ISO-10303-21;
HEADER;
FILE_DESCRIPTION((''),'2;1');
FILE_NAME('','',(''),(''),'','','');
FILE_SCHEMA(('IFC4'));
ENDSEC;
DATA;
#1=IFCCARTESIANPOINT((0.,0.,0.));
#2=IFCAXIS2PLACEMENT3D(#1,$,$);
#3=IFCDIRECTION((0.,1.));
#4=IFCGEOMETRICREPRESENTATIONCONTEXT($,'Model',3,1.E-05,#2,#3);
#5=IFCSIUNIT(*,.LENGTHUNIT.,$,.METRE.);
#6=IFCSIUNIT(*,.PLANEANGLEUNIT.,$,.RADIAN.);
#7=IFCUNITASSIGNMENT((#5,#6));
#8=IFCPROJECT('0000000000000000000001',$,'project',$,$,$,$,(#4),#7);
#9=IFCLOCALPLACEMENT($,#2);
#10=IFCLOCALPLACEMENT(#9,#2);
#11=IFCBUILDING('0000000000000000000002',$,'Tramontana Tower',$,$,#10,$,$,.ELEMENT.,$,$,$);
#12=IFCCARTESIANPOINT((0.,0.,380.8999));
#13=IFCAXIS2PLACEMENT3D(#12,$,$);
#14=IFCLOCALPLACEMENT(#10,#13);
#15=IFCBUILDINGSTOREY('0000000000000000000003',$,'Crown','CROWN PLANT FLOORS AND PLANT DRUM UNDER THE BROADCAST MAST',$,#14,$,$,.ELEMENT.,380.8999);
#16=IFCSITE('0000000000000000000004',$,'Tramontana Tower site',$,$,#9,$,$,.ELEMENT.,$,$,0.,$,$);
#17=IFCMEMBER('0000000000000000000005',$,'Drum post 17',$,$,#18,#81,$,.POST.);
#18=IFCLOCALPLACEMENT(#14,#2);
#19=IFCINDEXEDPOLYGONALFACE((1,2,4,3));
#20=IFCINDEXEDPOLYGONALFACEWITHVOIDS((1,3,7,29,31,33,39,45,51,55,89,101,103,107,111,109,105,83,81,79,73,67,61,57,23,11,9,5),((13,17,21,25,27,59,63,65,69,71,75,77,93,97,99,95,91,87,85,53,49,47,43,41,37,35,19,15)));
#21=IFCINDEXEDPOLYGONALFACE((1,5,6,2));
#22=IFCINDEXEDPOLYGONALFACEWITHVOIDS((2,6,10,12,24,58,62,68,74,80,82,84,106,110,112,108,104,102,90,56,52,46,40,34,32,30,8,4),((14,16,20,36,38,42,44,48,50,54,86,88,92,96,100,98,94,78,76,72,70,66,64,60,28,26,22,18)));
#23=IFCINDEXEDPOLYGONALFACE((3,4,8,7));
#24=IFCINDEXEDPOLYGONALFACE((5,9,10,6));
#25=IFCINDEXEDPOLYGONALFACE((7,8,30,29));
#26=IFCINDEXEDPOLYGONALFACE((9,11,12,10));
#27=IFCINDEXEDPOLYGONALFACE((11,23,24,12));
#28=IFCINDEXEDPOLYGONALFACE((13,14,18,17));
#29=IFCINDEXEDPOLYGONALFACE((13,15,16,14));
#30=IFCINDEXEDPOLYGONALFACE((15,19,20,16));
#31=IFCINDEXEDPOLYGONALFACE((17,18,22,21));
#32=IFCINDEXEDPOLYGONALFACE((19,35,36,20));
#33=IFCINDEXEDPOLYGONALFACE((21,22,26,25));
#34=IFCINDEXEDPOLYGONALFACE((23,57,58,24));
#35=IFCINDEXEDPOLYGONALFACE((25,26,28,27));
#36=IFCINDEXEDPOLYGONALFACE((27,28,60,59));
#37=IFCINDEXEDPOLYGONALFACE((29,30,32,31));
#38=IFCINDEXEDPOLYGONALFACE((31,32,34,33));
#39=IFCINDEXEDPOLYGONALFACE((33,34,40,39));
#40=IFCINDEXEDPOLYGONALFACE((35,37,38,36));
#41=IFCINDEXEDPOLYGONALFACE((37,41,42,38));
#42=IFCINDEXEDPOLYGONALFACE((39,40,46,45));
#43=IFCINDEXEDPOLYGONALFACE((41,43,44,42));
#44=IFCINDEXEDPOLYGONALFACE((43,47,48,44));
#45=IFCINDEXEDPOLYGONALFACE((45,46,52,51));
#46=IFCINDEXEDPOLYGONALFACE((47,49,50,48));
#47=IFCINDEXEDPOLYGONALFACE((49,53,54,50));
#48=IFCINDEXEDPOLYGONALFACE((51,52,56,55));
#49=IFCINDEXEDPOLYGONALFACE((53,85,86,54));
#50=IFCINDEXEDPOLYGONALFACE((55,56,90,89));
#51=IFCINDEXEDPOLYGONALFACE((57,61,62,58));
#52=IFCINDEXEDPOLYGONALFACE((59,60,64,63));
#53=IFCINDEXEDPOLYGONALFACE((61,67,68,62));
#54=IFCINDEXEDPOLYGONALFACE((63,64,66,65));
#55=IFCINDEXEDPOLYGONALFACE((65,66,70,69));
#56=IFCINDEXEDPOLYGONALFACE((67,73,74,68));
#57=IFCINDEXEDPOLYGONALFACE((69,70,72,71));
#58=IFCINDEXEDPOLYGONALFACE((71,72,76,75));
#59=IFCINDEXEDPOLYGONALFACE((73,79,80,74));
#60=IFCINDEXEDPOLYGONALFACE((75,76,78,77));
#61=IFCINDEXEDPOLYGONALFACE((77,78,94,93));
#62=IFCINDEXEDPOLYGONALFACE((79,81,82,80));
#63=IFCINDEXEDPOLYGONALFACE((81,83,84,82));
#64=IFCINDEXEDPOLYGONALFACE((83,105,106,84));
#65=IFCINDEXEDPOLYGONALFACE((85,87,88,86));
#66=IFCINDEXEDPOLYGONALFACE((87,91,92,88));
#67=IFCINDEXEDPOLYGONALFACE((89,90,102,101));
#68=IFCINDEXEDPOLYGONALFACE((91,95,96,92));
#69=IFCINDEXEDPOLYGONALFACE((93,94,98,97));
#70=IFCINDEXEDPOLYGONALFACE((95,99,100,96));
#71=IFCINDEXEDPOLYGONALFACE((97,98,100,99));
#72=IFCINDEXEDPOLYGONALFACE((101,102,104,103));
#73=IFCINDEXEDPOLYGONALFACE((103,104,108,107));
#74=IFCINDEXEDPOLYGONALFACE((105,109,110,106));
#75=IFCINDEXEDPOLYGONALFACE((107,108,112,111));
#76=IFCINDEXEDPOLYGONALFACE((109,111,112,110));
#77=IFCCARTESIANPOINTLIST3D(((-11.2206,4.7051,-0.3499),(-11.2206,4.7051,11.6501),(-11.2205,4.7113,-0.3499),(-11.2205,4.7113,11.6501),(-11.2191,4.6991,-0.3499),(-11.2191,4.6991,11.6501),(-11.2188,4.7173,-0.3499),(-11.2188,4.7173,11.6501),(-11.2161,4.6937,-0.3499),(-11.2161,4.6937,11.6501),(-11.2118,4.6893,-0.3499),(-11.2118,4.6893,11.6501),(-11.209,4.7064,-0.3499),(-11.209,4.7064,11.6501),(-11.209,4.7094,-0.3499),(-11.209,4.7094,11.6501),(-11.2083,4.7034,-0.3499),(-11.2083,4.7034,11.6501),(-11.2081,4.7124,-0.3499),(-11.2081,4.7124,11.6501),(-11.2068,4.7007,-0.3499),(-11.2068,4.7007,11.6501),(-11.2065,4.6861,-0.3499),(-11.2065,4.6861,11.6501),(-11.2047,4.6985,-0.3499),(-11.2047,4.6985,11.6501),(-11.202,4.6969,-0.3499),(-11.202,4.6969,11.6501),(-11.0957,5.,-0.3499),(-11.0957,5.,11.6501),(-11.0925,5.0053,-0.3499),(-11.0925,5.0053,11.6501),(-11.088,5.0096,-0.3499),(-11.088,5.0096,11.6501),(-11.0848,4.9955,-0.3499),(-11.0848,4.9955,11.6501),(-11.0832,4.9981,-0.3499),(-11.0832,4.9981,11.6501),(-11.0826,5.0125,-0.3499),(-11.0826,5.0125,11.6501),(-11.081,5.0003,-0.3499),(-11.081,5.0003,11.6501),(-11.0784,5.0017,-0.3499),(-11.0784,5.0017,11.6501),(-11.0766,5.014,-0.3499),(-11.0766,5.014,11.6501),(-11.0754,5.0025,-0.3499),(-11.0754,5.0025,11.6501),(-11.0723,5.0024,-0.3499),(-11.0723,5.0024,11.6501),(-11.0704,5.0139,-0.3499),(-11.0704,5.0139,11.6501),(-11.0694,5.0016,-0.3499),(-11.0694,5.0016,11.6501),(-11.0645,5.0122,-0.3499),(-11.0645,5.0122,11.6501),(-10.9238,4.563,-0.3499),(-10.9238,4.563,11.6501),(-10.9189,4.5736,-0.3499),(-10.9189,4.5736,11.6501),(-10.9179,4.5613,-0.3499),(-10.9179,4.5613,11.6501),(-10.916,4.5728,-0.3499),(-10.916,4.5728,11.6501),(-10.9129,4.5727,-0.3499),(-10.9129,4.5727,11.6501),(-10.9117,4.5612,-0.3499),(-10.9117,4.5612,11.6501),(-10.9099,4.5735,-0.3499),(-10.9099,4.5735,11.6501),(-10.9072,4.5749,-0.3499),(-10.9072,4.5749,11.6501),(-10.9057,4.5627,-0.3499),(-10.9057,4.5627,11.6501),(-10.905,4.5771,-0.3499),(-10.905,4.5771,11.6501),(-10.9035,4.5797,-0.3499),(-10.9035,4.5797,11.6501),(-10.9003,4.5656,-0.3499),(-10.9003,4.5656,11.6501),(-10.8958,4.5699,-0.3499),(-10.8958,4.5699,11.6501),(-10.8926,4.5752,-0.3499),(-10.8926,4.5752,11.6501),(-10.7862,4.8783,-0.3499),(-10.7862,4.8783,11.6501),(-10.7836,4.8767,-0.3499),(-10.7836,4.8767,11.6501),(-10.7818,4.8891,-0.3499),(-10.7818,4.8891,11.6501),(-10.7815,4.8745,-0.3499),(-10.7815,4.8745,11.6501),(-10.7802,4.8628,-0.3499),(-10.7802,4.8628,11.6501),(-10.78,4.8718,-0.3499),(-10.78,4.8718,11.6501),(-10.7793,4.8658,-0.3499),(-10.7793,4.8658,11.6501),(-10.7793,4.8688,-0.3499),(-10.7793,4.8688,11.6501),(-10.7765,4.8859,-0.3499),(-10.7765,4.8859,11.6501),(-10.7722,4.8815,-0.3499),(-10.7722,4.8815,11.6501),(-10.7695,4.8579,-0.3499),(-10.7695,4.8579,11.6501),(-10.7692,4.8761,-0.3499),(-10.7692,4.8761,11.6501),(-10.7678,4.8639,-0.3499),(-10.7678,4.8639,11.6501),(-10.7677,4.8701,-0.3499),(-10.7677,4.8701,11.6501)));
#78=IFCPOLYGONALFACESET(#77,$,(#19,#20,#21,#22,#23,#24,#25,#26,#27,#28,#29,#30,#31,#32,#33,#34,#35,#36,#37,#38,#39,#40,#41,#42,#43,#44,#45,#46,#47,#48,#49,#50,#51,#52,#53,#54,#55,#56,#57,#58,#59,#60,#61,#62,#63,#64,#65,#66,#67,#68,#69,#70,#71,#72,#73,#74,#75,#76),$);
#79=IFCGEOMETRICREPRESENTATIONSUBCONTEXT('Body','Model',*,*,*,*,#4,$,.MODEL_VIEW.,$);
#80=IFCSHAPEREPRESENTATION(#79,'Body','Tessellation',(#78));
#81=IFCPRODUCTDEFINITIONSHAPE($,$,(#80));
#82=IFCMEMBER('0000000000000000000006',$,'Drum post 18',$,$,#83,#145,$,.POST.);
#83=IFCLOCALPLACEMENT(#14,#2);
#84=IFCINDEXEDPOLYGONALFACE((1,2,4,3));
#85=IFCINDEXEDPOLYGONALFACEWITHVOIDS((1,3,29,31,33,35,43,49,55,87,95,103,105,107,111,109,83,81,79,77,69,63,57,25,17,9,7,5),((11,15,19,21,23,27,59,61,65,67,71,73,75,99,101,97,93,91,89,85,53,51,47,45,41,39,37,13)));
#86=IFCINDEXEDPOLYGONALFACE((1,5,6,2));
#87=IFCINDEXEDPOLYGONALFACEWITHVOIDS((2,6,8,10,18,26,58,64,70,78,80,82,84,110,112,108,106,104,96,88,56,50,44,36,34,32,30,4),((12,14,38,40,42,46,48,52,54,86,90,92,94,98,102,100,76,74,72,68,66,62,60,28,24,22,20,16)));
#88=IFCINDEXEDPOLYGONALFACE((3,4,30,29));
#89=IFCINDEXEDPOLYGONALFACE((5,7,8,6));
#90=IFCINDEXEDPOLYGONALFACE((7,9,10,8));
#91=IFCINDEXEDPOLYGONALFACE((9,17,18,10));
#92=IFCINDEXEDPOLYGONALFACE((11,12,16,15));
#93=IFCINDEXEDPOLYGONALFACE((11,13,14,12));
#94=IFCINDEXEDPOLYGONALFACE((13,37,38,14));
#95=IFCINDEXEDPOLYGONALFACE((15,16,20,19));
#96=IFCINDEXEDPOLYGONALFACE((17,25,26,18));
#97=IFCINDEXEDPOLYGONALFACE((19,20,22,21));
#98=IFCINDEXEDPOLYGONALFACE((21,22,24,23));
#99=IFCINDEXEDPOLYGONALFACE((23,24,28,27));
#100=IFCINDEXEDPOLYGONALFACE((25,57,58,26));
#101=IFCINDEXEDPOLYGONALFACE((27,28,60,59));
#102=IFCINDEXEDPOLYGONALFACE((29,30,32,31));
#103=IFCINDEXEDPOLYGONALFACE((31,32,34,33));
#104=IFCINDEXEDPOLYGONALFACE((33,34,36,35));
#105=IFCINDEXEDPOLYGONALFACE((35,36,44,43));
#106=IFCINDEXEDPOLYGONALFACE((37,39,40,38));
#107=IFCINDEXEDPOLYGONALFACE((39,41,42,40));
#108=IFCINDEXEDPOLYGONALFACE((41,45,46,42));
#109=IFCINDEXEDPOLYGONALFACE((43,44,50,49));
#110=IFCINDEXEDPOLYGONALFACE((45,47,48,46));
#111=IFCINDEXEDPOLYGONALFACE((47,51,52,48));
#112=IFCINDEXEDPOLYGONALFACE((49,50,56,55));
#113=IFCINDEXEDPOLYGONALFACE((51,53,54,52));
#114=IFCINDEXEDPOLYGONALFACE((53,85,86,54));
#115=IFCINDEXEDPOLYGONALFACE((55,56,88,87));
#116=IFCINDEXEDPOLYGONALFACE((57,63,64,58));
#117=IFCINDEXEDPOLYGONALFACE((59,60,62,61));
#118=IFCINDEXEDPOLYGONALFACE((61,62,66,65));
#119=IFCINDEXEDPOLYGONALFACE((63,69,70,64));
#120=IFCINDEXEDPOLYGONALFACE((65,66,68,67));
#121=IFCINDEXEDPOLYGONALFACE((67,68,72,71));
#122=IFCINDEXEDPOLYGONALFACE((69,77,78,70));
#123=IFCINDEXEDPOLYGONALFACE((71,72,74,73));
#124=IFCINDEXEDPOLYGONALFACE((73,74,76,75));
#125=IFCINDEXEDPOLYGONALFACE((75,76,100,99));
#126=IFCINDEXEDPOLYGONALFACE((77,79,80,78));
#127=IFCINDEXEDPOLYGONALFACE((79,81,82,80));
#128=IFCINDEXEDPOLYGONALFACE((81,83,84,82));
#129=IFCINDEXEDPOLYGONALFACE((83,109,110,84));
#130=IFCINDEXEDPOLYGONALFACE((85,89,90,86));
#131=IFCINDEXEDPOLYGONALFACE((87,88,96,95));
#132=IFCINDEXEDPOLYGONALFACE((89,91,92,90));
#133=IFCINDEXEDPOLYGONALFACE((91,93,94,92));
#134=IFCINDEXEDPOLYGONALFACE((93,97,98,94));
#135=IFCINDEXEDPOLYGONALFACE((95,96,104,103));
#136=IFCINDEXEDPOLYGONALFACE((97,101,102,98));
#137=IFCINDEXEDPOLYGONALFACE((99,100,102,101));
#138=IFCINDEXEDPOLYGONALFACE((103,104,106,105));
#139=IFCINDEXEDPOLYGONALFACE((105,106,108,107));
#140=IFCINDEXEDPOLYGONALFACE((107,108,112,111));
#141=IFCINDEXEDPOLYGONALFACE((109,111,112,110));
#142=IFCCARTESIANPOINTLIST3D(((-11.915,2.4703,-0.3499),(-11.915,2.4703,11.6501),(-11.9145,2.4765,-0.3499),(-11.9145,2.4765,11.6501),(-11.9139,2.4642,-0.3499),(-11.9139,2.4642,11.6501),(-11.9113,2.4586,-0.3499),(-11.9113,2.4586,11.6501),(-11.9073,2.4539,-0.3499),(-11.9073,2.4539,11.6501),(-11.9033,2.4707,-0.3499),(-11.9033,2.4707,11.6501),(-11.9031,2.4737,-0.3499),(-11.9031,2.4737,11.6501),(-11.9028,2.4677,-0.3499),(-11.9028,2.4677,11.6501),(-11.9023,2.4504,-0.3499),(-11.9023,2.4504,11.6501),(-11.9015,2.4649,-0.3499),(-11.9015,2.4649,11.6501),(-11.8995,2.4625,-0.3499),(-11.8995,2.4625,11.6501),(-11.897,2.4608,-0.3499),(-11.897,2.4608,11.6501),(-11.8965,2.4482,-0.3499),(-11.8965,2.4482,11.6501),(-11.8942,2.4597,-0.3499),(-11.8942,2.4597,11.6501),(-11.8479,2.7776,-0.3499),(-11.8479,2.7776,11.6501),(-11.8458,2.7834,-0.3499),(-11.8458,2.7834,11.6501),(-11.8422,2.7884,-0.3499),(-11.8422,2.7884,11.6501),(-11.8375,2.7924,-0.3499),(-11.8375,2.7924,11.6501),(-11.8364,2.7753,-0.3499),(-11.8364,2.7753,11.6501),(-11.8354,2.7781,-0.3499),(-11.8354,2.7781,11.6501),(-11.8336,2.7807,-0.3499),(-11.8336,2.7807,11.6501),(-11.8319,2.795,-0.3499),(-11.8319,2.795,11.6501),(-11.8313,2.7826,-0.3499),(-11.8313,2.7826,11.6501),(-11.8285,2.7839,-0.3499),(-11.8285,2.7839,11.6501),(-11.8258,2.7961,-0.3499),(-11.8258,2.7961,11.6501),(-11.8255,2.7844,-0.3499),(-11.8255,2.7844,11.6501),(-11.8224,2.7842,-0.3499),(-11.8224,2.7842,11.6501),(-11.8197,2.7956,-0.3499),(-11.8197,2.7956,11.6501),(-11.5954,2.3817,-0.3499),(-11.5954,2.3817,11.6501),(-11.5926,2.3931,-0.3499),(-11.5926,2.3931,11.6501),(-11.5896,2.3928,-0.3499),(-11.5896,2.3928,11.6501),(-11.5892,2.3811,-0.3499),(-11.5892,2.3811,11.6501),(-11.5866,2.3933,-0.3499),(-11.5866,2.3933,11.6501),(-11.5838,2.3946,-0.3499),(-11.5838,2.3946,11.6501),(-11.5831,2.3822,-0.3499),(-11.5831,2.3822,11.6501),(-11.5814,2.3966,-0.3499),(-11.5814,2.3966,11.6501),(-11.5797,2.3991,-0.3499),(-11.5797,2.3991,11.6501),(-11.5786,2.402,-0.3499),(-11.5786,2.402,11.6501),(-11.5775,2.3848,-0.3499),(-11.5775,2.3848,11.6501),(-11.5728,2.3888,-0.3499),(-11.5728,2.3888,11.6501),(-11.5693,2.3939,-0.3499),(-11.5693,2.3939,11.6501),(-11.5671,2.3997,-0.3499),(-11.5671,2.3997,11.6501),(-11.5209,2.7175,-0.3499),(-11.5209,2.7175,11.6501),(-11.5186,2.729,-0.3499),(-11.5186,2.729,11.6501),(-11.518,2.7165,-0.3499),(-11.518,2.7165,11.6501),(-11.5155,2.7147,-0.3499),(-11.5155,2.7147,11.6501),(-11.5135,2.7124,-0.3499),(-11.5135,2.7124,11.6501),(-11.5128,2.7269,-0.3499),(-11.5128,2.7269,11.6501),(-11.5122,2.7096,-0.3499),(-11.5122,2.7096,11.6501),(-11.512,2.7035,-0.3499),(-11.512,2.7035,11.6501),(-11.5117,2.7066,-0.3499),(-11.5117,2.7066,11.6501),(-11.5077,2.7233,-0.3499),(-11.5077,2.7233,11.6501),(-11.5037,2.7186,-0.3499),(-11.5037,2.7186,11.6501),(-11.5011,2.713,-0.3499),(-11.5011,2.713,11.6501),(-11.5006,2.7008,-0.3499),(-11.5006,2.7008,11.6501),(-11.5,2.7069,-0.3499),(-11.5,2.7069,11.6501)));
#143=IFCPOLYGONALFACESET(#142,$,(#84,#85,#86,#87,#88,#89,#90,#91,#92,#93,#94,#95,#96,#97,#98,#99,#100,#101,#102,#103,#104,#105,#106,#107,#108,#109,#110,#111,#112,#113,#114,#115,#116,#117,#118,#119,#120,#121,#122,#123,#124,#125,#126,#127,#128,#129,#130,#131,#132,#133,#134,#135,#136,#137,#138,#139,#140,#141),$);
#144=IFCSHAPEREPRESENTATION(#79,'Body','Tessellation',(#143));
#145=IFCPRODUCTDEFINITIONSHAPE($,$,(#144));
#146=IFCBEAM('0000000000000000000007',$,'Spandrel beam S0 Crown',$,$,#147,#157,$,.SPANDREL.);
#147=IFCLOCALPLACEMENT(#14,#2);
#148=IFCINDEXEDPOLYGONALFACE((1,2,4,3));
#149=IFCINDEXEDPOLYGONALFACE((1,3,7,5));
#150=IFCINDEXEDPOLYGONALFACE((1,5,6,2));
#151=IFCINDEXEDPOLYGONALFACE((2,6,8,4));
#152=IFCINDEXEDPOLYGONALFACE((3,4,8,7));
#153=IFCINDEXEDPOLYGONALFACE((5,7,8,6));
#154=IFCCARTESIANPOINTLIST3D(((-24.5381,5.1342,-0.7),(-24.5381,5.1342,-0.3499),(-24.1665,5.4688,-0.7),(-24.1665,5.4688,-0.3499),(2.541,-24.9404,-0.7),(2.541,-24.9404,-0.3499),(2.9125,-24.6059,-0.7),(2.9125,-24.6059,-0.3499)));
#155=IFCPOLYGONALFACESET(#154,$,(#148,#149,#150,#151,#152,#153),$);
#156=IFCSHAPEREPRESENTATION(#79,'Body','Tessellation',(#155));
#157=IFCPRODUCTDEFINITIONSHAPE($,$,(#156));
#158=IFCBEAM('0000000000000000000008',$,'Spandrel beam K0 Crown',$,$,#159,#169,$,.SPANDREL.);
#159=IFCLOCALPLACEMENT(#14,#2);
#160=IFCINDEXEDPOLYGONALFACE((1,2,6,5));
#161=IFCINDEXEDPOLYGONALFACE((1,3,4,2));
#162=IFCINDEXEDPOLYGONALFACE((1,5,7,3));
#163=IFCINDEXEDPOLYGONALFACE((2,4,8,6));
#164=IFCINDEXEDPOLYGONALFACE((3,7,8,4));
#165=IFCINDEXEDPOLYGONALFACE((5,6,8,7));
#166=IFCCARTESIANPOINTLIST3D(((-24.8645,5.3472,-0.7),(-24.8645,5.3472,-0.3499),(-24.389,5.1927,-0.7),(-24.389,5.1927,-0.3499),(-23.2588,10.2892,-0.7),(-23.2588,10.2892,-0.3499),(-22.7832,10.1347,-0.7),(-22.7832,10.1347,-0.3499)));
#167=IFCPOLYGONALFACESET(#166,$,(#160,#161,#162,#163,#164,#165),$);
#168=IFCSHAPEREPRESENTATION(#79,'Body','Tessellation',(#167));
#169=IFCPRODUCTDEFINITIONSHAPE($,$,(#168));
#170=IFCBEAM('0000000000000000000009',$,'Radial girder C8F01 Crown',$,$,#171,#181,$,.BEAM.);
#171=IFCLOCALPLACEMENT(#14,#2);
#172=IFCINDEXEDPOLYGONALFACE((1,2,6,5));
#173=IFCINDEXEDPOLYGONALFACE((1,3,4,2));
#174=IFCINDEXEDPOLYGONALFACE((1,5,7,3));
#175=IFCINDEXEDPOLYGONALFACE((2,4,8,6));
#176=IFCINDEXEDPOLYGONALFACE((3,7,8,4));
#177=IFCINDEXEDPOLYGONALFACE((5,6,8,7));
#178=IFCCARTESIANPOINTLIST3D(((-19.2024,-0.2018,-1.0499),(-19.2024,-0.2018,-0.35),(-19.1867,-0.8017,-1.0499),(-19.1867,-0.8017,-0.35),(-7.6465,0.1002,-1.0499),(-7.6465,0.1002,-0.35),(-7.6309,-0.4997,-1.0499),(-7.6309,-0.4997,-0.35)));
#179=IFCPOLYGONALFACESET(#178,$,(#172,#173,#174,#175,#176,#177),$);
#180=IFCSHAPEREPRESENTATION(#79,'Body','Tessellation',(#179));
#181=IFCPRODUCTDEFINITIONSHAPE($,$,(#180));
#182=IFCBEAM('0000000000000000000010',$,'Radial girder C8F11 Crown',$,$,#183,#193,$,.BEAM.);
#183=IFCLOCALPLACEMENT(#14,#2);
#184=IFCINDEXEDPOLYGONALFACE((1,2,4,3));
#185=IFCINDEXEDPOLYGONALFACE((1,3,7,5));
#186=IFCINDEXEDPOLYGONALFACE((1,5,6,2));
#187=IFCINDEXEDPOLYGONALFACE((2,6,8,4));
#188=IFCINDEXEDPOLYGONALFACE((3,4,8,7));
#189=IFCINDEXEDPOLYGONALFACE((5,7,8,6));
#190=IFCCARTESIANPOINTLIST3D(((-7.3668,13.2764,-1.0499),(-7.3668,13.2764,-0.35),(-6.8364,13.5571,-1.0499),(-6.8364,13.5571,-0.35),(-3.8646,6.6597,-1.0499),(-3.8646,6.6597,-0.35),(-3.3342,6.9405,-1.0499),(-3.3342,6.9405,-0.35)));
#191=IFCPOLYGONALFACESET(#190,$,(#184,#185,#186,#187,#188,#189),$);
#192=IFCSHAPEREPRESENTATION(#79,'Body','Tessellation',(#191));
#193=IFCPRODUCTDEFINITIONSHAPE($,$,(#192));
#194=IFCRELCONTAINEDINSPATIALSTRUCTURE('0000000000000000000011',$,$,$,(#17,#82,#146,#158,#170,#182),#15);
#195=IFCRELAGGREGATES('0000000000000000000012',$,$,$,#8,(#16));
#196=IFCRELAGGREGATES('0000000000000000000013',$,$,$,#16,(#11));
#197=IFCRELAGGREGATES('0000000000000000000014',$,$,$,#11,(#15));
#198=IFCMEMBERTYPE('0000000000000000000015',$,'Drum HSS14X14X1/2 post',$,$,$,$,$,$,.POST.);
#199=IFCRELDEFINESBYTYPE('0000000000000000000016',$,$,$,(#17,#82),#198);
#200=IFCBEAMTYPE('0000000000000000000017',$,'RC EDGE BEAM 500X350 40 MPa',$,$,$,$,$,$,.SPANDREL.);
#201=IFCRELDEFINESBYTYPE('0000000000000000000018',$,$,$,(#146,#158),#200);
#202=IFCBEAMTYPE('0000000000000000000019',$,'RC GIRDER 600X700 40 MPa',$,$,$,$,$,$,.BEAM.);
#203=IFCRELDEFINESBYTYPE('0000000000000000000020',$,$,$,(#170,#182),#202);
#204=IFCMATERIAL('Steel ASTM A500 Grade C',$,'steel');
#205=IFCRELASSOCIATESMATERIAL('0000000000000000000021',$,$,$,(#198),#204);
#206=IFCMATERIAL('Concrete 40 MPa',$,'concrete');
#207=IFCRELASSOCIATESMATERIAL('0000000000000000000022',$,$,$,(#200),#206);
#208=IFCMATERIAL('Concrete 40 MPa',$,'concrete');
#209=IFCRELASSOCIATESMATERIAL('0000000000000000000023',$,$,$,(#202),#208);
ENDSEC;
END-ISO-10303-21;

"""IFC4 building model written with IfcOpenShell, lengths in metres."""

from ifc_helpers import new_model, si_unit, direction, frame, origin, origin_2d, place, context, subcontext, project, spatial, rectangle, hollow_rectangle, extrude, material, material_profile, profile_set, type_object, element, save


model = new_model("IFC4")

# Units and contexts
model_context = context("Model", 3, precision=1e-05, world=origin(), true_north=direction((0.0, 1.0)))
body_context = subcontext(model_context, "Body", "Model", "MODEL_VIEW")
ifc_project = project(units=[si_unit("LENGTHUNIT", "METRE"), si_unit("PLANEANGLEUNIT", "RADIAN")], contexts=[model_context])

# Site, building, storey
site_placement = place(None, origin())
site = spatial("IfcSite", under=ifc_project, at=site_placement, Name="Tramontana Tower site", CompositionType="ELEMENT", RefElevation=0.0)
building_placement = place(site_placement, origin())
building = spatial("IfcBuilding", under=site, at=building_placement, Name="Tramontana Tower", CompositionType="ELEMENT")
storey_placement = place(building_placement, frame((0.0, 0.0, 380.8999)))
storey = spatial("IfcBuildingStorey", under=building, at=storey_placement, Name="Crown", Description="CROWN PLANT FLOORS AND PLANT DRUM UNDER THE BROADCAST MAST", CompositionType="ELEMENT", Elevation=380.8999)

# Members
ifc_material_1 = material(Name="Steel ASTM A500 Grade C", Category="steel")
ifc_material_profile_1 = material_profile(ifc_material_1, hollow_rectangle(XDim=0.3557, YDim=0.3557, WallThickness=0.0117, InnerFilletRadius=0.0117, OuterFilletRadius=0.0237, at=origin_2d()), Name="HSS14X14X1/2")
ifc_profile_set_1 = profile_set([ifc_material_profile_1], Name="Steel ASTM A500 Grade C")
member_type = type_object("IfcMemberType", Name="Drum HSS14X14X1/2 post", PredefinedType="POST", material=ifc_profile_set_1)
for number, where, z_axis, x_axis, name in (
    (1, (-10.9941, 4.7876, -0.3499), (0.0, 0.0, 1.0), (-0.916841, 0.399253, 0.0), "Drum post 17"),
    (2, (-11.7075, 2.5886, -0.3499), (0.0, 0.0, 1.0), (-0.976415, 0.215903, 0.0), "Drum post 18"),
):
    element("IfcMember", number, at=place(storey_placement, frame(where, z_axis=z_axis, x_axis=x_axis)), inside=storey, type_object=member_type, Name=name, PredefinedType="POST", context=body_context, shape_type="SweptSolid", body=[
        extrude(hollow_rectangle(XDim=0.3557, YDim=0.3557, WallThickness=0.0117, InnerFilletRadius=0.0117, OuterFilletRadius=0.0237, at=origin_2d()), origin(), (0.0, 0.0, 1.0), 12.0),
    ])

# Beams
ifc_material_2 = material(Name="Concrete 40 MPa", Category="concrete")
ifc_material_profile_2 = material_profile(ifc_material_2, rectangle(XDim=0.5, YDim=0.3501, at=origin_2d()), Name="RC EDGE BEAM 500X350 40 MPa")
ifc_profile_set_2 = profile_set([ifc_material_profile_2], Name="Concrete 40 MPa")
beam_type_1 = type_object("IfcBeamType", Name="RC EDGE BEAM 500X350 40 MPa", PredefinedType="SPANDREL", material=ifc_profile_set_2)
beam_1_placement = place(storey_placement, frame((-24.3523, 5.3015, -0.5249), z_axis=(0.669127, -0.743148, 0.0), x_axis=(0.743148, 0.669127, 0.0)))
element("IfcBeam", 3, at=beam_1_placement, inside=storey, type_object=beam_type_1, Name="Spandrel beam S0 Crown", PredefinedType="SPANDREL", context=body_context, shape_type="SweptSolid", body=[
    extrude(rectangle(XDim=0.5, YDim=0.3501, at=origin_2d()), origin(), (0.0, 0.0, 1.0), 40.4692),
])
beam_2_placement = place(storey_placement, frame((-23.021, 10.2119, -0.5249), z_axis=(-0.309016, -0.951057, 0.0), x_axis=(0.951057, -0.309016, 0.0)))
element("IfcBeam", 4, at=beam_2_placement, inside=storey, type_object=beam_type_1, Name="Spandrel beam K0 Crown", PredefinedType="SPANDREL", context=body_context, shape_type="SweptSolid", body=[
    extrude(rectangle(XDim=0.5, YDim=0.3501, at=origin_2d()), origin(), (0.0, 0.0, 1.0), 5.1963),
])
ifc_material_3 = material(Name="Concrete 40 MPa", Category="concrete")
ifc_material_profile_3 = material_profile(ifc_material_3, rectangle(XDim=0.6001, YDim=0.7, at=origin_2d()), Name="RC GIRDER 600X700 40 MPa")
ifc_profile_set_3 = profile_set([ifc_material_profile_3], Name="Concrete 40 MPa")
beam_type_2 = type_object("IfcBeamType", Name="RC GIRDER 600X700 40 MPa", PredefinedType="BEAM", material=ifc_profile_set_3)
beam_3_placement = place(storey_placement, frame((-19.1946, -0.5017, -0.7), z_axis=(0.999659, 0.026125, 0.0), x_axis=(-0.026125, 0.999659, 0.0)))
element("IfcBeam", 5, at=beam_3_placement, inside=storey, type_object=beam_type_2, Name="Radial girder C8F01 Crown", PredefinedType="BEAM", context=body_context, shape_type="SweptSolid", body=[
    extrude(rectangle(XDim=0.6001, YDim=0.7, at=origin_2d()), origin(), (0.0, 0.0, 1.0), 11.5598),
])
beam_4_placement = place(storey_placement, frame((-7.1016, 13.4167, -0.7), z_axis=(0.467808, -0.88383, 0.0), x_axis=(0.88383, 0.467808, 0.0)))
element("IfcBeam", 6, at=beam_4_placement, inside=storey, type_object=beam_type_2, Name="Radial girder C8F11 Crown", PredefinedType="BEAM", context=body_context, shape_type="SweptSolid", body=[
    extrude(rectangle(XDim=0.6001, YDim=0.7, at=origin_2d()), origin(), (0.0, 0.0, 1.0), 7.4863),
])

save(model, "model.ifc")
